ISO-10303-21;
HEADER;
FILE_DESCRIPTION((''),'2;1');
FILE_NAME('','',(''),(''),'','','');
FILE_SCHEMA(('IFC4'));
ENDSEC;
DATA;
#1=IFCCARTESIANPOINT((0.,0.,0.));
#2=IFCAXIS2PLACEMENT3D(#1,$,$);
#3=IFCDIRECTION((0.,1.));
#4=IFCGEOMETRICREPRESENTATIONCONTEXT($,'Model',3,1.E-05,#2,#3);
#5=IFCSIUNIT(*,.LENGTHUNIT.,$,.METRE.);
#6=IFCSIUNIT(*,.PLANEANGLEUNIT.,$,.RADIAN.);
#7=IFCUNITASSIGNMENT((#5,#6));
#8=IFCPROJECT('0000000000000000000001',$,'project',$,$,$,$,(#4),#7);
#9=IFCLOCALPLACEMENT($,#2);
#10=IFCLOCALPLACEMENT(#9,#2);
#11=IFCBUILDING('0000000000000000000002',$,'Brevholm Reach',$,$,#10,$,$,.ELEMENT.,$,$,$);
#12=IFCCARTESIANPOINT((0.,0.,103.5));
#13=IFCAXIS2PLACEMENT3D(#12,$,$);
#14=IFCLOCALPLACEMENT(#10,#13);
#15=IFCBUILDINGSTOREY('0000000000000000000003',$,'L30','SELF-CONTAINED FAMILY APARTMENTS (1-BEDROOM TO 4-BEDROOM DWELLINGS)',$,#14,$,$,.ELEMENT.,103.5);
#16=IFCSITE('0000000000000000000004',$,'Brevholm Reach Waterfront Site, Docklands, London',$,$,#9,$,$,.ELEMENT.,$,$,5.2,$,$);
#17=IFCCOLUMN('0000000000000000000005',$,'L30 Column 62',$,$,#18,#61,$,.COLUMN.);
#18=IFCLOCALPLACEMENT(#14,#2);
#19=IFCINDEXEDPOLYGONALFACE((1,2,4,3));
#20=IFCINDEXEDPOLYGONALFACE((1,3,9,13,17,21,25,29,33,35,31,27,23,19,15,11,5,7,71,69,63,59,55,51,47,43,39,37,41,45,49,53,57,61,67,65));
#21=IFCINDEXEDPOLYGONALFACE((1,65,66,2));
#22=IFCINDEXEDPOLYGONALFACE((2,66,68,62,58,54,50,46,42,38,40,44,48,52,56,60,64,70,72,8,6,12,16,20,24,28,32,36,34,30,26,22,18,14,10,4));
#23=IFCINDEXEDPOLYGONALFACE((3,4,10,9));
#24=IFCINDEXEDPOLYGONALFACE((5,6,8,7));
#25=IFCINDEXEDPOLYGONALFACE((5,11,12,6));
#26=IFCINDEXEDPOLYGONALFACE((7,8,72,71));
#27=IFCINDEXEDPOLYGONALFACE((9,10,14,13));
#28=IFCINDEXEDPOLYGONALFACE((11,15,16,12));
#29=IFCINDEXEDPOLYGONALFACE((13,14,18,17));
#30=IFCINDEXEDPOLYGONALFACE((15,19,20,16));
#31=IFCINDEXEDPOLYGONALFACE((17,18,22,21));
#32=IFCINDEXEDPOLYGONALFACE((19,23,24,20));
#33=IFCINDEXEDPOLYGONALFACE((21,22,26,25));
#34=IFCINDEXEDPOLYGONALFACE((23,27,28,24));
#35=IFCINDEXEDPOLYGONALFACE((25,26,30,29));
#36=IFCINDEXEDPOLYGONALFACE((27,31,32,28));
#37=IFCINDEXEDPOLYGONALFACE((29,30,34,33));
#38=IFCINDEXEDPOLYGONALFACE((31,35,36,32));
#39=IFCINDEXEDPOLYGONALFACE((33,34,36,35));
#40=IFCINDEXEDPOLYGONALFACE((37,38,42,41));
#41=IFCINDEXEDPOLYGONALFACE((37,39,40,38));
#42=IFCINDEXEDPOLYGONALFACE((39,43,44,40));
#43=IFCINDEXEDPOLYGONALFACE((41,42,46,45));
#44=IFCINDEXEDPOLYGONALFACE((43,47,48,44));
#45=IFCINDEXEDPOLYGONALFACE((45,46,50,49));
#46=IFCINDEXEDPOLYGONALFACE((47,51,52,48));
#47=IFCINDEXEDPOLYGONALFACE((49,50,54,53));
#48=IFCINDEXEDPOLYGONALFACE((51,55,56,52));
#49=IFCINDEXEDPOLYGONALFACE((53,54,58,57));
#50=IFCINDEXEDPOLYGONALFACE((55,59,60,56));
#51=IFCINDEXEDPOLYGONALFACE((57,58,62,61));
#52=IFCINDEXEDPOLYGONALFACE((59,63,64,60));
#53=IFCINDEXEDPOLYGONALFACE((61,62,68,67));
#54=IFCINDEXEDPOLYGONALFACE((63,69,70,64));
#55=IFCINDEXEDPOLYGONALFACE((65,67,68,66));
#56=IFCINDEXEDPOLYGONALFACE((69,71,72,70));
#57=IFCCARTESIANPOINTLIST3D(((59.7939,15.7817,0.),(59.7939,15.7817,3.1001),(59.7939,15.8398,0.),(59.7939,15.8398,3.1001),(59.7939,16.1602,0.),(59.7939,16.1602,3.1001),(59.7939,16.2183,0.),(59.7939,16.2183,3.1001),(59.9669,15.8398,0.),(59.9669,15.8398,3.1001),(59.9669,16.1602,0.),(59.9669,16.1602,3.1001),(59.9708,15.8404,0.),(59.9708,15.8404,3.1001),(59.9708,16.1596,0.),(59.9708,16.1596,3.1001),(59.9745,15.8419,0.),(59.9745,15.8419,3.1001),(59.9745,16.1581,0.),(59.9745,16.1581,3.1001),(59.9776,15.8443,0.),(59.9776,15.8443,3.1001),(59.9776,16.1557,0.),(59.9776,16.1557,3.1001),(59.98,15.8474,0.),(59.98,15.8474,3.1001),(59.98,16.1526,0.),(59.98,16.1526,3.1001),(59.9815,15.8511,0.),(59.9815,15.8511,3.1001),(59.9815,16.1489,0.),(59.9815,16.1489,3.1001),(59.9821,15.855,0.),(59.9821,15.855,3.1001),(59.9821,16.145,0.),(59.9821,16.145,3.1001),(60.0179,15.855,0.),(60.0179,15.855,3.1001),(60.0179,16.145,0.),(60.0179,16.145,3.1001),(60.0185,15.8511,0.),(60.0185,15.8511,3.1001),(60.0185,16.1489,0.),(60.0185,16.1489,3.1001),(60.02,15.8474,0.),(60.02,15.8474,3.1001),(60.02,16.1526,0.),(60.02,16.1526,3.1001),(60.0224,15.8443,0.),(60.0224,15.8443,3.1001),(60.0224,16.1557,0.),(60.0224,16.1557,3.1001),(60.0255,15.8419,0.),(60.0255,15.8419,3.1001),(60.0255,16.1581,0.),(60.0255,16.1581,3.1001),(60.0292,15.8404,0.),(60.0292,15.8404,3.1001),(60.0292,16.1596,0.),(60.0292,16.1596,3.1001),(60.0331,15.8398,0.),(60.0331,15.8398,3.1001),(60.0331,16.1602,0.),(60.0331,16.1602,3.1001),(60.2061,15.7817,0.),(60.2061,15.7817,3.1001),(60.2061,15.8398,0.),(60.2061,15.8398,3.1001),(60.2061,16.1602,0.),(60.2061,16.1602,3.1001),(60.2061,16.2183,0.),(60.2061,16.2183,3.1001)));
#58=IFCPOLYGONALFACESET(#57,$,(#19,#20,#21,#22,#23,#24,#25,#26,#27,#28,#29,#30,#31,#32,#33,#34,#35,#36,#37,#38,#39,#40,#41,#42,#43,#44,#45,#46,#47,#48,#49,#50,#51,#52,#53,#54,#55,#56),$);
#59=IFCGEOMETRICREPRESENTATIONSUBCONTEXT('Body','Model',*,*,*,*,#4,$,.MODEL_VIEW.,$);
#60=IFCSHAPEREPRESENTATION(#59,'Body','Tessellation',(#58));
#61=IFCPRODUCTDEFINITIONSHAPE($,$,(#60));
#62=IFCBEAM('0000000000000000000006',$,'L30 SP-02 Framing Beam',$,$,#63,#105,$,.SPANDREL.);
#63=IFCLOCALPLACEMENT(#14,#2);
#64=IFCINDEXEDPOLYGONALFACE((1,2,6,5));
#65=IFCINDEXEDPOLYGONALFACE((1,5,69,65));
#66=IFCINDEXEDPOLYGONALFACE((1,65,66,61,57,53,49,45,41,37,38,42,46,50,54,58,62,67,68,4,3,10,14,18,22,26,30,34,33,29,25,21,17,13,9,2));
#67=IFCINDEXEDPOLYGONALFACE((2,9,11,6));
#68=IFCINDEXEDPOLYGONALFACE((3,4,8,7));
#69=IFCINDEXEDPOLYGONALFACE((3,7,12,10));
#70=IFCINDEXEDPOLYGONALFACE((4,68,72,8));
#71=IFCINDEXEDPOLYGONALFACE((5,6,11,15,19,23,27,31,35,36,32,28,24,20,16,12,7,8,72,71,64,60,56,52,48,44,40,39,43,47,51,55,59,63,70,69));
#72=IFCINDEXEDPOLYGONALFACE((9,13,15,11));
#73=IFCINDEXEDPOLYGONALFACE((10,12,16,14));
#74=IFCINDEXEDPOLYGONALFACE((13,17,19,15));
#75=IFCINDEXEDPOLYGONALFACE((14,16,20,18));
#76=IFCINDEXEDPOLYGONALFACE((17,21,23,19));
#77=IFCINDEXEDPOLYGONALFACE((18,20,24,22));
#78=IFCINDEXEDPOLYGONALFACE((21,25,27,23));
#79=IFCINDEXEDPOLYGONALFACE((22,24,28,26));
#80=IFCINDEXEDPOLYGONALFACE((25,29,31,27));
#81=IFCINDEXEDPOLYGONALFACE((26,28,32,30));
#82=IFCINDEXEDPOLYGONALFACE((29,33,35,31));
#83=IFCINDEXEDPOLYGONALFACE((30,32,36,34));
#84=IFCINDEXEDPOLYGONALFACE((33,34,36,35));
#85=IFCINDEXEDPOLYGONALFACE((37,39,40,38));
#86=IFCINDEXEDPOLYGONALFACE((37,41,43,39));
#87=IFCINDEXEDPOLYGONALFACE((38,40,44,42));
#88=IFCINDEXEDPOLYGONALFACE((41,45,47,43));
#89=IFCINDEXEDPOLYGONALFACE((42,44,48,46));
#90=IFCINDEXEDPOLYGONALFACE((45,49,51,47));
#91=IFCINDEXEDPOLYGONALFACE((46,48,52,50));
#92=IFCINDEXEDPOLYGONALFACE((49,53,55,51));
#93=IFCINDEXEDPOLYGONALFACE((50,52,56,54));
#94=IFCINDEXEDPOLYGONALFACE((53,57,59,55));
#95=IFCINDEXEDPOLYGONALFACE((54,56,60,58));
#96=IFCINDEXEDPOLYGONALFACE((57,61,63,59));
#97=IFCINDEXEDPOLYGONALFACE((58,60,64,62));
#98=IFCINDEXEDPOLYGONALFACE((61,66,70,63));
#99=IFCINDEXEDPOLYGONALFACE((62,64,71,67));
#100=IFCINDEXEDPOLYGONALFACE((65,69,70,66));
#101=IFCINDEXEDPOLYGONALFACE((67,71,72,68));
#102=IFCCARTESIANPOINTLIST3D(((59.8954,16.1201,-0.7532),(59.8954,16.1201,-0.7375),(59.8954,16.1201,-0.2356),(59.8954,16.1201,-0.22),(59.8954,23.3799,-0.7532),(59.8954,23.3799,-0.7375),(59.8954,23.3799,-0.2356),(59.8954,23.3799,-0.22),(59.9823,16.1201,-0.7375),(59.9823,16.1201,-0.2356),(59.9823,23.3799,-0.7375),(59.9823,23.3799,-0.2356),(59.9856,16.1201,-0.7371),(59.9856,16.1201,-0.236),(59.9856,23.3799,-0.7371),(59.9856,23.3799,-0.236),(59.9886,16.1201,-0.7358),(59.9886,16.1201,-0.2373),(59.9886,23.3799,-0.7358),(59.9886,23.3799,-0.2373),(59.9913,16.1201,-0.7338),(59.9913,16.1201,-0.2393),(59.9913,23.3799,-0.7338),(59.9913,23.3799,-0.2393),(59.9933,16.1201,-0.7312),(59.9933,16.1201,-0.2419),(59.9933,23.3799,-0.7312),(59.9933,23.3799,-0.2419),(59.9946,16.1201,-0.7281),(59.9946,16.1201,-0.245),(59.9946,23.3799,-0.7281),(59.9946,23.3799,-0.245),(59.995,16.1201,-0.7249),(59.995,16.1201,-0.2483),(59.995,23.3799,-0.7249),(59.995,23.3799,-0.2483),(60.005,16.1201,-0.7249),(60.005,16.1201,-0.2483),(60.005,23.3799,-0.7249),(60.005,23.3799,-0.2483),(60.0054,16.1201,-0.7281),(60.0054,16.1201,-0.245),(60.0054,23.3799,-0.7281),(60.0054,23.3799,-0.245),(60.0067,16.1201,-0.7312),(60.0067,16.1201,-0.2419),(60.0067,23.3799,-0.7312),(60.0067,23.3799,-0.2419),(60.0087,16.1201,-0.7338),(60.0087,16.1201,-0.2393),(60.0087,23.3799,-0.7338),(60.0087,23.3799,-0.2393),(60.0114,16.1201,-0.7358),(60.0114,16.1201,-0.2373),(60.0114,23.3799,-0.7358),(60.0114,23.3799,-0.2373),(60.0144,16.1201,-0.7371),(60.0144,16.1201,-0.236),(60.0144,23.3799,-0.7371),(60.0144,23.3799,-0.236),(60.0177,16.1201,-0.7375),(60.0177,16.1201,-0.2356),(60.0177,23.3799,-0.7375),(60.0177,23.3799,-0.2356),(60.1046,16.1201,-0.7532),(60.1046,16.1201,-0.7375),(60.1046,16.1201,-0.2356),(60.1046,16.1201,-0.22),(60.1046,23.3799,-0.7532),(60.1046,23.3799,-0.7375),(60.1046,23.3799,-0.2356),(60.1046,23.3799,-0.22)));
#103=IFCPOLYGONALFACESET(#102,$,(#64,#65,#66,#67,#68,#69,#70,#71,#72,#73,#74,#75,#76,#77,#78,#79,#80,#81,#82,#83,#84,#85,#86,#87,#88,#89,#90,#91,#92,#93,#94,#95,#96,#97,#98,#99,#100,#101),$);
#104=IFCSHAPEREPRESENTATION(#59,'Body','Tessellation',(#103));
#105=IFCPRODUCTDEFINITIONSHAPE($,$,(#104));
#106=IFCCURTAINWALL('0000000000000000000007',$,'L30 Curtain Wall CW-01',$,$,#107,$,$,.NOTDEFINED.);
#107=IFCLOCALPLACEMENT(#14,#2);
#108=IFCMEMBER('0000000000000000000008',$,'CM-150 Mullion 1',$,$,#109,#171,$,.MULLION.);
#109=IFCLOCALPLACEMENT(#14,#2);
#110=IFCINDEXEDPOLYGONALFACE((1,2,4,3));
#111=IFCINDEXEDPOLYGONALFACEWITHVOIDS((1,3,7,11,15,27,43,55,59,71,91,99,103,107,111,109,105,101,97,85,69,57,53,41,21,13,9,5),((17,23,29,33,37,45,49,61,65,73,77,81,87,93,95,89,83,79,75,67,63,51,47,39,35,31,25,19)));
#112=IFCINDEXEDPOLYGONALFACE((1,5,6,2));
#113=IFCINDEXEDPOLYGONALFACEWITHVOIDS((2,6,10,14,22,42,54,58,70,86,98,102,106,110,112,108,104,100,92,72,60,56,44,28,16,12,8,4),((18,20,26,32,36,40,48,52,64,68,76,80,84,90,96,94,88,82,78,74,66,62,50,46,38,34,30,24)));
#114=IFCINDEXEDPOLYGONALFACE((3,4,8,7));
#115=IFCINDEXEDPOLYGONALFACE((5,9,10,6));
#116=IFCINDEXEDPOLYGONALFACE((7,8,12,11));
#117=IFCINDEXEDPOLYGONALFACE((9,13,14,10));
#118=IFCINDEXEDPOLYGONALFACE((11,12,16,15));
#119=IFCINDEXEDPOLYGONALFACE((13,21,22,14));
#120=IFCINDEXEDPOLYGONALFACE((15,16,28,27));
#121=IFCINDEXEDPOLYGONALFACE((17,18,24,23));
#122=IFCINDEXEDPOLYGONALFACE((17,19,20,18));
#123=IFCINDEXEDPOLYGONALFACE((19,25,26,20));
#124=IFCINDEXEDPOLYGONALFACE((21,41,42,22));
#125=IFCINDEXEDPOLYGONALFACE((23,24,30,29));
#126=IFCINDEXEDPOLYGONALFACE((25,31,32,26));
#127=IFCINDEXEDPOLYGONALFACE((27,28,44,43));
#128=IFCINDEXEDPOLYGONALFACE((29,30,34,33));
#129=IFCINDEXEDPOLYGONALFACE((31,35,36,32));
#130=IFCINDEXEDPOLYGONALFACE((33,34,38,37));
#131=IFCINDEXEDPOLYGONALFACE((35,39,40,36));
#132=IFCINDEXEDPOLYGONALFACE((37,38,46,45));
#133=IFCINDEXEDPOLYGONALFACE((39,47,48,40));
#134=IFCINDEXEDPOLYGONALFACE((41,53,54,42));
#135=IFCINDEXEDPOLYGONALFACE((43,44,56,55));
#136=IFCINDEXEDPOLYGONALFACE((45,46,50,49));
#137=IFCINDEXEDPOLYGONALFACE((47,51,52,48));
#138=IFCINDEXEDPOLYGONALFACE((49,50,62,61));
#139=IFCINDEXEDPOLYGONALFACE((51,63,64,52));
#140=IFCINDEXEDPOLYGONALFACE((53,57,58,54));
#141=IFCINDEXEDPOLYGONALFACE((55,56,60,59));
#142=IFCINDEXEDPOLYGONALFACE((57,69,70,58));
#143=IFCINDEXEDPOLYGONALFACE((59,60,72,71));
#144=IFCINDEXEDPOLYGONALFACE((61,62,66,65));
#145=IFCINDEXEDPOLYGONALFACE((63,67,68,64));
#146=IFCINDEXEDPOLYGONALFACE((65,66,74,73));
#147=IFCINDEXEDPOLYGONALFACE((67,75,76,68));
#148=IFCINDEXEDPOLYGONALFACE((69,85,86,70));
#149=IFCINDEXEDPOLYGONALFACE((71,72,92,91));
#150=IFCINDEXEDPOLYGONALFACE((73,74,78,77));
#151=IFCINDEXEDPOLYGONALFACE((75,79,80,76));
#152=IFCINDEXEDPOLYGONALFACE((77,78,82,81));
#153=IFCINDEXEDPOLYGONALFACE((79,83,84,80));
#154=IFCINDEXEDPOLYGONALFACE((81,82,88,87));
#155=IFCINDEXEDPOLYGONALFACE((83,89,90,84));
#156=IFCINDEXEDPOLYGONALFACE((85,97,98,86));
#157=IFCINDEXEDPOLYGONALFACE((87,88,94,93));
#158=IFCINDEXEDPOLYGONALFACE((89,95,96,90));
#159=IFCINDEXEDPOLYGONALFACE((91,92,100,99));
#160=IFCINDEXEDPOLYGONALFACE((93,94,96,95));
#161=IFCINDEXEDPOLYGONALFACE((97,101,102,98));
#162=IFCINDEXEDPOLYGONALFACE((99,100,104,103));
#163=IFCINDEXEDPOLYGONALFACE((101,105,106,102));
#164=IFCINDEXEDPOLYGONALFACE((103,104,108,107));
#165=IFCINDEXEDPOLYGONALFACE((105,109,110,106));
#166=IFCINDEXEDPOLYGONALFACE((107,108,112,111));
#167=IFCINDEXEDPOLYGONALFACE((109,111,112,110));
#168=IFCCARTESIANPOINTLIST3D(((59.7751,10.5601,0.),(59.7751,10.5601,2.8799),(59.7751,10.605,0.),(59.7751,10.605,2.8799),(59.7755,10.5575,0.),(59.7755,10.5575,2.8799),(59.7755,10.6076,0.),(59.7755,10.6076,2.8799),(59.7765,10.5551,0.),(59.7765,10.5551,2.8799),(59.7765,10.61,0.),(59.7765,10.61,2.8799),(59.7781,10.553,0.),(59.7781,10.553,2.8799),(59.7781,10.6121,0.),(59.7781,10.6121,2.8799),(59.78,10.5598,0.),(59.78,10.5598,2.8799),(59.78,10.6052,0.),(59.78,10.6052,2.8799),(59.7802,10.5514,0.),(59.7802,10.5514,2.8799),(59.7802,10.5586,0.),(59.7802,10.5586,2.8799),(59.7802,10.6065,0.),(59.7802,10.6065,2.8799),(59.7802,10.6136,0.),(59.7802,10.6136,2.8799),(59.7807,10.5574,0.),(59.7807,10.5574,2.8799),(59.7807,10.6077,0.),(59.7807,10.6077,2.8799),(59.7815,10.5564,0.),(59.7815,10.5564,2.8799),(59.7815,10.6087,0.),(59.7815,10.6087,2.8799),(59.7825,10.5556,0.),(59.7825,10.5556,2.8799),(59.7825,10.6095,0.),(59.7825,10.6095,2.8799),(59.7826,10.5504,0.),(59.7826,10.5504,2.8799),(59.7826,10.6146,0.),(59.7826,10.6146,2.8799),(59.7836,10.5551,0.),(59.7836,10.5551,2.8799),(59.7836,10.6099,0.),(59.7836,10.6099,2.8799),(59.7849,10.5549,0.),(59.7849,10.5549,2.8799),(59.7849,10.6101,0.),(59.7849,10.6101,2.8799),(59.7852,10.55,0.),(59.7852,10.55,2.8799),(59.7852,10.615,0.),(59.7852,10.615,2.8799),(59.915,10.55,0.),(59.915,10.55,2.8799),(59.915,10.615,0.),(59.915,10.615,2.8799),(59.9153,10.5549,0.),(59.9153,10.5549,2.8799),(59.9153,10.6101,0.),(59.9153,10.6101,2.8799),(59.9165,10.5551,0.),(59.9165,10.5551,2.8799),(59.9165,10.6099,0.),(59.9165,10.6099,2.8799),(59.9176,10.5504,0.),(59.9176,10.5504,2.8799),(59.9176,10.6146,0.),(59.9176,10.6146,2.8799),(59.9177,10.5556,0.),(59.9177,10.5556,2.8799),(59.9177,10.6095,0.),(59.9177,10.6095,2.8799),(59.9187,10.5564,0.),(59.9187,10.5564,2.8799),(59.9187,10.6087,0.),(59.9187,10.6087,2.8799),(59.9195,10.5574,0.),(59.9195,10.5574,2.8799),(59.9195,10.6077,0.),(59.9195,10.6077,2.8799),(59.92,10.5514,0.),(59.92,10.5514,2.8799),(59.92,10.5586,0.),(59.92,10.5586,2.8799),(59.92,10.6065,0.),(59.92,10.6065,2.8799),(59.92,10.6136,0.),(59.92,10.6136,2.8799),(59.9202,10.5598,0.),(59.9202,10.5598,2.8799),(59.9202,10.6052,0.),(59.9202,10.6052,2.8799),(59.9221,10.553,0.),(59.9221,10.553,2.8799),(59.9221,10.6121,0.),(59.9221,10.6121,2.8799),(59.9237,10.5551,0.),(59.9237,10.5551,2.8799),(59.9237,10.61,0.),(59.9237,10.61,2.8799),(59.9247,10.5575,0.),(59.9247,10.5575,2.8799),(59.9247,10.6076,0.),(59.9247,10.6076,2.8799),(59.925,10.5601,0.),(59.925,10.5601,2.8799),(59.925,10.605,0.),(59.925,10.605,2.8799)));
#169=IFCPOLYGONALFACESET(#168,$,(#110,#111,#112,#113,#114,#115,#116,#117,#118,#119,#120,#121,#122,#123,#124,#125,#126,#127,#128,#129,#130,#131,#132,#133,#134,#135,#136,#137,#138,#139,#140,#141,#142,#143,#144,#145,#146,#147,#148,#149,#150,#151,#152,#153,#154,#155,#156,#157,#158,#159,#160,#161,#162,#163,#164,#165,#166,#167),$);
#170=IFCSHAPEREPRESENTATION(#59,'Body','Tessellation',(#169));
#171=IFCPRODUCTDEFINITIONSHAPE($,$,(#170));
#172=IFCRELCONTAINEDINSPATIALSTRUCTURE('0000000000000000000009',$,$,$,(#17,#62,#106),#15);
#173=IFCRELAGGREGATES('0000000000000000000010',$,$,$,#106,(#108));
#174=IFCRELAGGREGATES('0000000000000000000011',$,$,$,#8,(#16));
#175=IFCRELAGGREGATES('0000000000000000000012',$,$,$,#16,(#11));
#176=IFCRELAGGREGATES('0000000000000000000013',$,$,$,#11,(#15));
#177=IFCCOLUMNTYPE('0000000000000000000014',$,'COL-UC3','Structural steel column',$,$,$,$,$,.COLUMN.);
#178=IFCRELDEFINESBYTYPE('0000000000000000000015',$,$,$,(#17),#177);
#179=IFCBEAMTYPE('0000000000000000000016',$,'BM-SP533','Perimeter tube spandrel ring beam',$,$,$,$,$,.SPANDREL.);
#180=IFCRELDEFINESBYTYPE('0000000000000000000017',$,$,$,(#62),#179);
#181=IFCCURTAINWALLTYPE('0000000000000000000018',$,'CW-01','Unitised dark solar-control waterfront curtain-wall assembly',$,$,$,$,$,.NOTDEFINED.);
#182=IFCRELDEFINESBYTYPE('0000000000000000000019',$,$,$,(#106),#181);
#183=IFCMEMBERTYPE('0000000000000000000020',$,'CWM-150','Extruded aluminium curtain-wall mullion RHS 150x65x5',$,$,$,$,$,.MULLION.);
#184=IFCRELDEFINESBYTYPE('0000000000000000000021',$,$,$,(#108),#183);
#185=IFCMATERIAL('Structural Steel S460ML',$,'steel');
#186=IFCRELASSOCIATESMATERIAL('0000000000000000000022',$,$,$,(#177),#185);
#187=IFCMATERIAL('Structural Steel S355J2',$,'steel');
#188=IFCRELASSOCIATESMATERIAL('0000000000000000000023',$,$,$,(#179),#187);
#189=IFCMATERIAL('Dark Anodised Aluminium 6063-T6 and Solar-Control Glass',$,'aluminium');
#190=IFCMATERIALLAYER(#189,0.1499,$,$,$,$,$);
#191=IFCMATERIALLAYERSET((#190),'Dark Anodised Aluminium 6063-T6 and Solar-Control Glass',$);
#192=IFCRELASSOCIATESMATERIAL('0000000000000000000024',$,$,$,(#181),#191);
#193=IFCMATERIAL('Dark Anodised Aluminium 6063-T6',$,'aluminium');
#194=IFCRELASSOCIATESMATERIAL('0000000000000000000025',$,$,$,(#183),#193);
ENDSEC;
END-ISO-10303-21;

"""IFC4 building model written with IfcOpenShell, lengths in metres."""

from ifc_helpers import new_model, si_unit, direction, frame, origin, origin_2d, place, context, subcontext, project, spatial, hollow_rectangle, i_section, extrude, material, layer, layer_set, material_profile, profile_set, type_object, element, aggregate, save


model = new_model("IFC4")

# Units and contexts
model_context = context("Model", 3, precision=1e-05, world=origin(), true_north=direction((0.0, 1.0)))
body_context = subcontext(model_context, "Body", "Model", "MODEL_VIEW")
ifc_project = project(units=[si_unit("LENGTHUNIT", "METRE"), si_unit("PLANEANGLEUNIT", "RADIAN")], contexts=[model_context])

# Site, building, storey
site_placement = place(None, origin())
site = spatial("IfcSite", under=ifc_project, at=site_placement, Name="Brevholm Reach Waterfront Site, Docklands, London", CompositionType="ELEMENT", RefElevation=5.2)
building_placement = place(site_placement, origin())
building = spatial("IfcBuilding", under=site, at=building_placement, Name="Brevholm Reach", CompositionType="ELEMENT")
storey_placement = place(building_placement, frame((0.0, 0.0, 103.5)))
storey = spatial("IfcBuildingStorey", under=building, at=storey_placement, Name="L30", Description="SELF-CONTAINED FAMILY APARTMENTS (1-BEDROOM TO 4-BEDROOM DWELLINGS)", CompositionType="ELEMENT", Elevation=103.5)

# Column
ifc_material_1 = material(Name="Structural Steel S460ML", Category="steel")
ifc_material_profile_1 = material_profile(ifc_material_1, i_section(OverallWidth=0.4121, OverallDepth=0.4365, WebThickness=0.0359, FlangeThickness=0.0581, FilletRadius=0.0151, at=origin_2d()), Name="UKC 356x406x467")
ifc_profile_set_1 = profile_set([ifc_material_profile_1], Name="Structural Steel S460ML")
column_type = type_object("IfcColumnType", Name="COL-UC3", Description="Structural steel column", PredefinedType="COLUMN", material=ifc_profile_set_1)
column_placement = place(storey_placement, frame((60.0, 16.0, 0.0), z_axis=(0.0, 0.0, 1.0), x_axis=(1.0, 0.0, 0.0)))
element("IfcColumn", 1, at=column_placement, inside=storey, type_object=column_type, Name="L30 Column 62", PredefinedType="COLUMN", context=body_context, shape_type="SweptSolid", body=[
    extrude(i_section(OverallWidth=0.4121, OverallDepth=0.4365, WebThickness=0.0359, FlangeThickness=0.0581, FilletRadius=0.0151, at=origin_2d()), origin(), (0.0, 0.0, 1.0), 3.1001),
])

# Beam
ifc_material_2 = material(Name="Structural Steel S355J2", Category="steel")
ifc_material_profile_2 = material_profile(ifc_material_2, i_section(OverallWidth=0.2092, OverallDepth=0.5332, WebThickness=0.01, FlangeThickness=0.0156, FilletRadius=0.0127, at=origin_2d()), Name="UKB 533x210x92")
ifc_profile_set_2 = profile_set([ifc_material_profile_2], Name="Structural Steel S355J2")
beam_type = type_object("IfcBeamType", Name="BM-SP533", Description="Perimeter tube spandrel ring beam", PredefinedType="SPANDREL", material=ifc_profile_set_2)
beam_placement = place(storey_placement, frame((60.0, 16.1201, -0.4866), z_axis=(0.0, 1.0, 0.0), x_axis=(-1.0, 0.0, 0.0)))
element("IfcBeam", 2, at=beam_placement, inside=storey, type_object=beam_type, Name="L30 SP-02 Framing Beam", PredefinedType="SPANDREL", context=body_context, shape_type="SweptSolid", body=[
    extrude(i_section(OverallWidth=0.2092, OverallDepth=0.5332, WebThickness=0.01, FlangeThickness=0.0156, FilletRadius=0.0127, at=origin_2d()), origin(), (0.0, 0.0, 1.0), 7.2598),
])

# Curtain wall, member
ifc_material_3 = material(Name="Dark Anodised Aluminium 6063-T6 and Solar-Control Glass", Category="aluminium")
ifc_layer_1 = layer(ifc_material_3, 0.1499)
ifc_layer_set_1 = layer_set([ifc_layer_1], Name="Dark Anodised Aluminium 6063-T6 and Solar-Control Glass")
curtain_wall_type = type_object("IfcCurtainWallType", Name="CW-01", Description="Unitised dark solar-control waterfront curtain-wall assembly", PredefinedType="NOTDEFINED", material=ifc_layer_set_1)
curtain_wall_placement = place(storey_placement, origin())
curtain_wall = element("IfcCurtainWall", 3, at=curtain_wall_placement, inside=storey, type_object=curtain_wall_type, Name="L30 Curtain Wall CW-01", PredefinedType="NOTDEFINED")
ifc_material_4 = material(Name="Dark Anodised Aluminium 6063-T6", Category="aluminium")
ifc_material_profile_3 = material_profile(ifc_material_4, hollow_rectangle(XDim=0.0649, YDim=0.1499, WallThickness=0.0049, InnerFilletRadius=0.0049, OuterFilletRadius=0.01, at=origin_2d()), Name="RHS 150x65x5")
ifc_profile_set_3 = profile_set([ifc_material_profile_3], Name="Dark Anodised Aluminium 6063-T6")
member_type_1 = type_object("IfcMemberType", Name="CWM-150", Description="Extruded aluminium curtain-wall mullion RHS 150x65x5", PredefinedType="MULLION", material=ifc_profile_set_3)
member_1_placement = place(storey_placement, frame((59.8501, 10.5825, 0.0), z_axis=(0.0, 0.0, 1.0), x_axis=(0.0, 1.0, 0.0)))
member_1 = element("IfcMember", 4, at=member_1_placement, type_object=member_type_1, Name="CM-150 Mullion 1", PredefinedType="MULLION", context=body_context, shape_type="SweptSolid", body=[
    extrude(hollow_rectangle(XDim=0.0649, YDim=0.1499, WallThickness=0.0049, InnerFilletRadius=0.0049, OuterFilletRadius=0.01, at=origin_2d()), origin(), (0.0, 0.0, 1.0), 2.8799),
])
aggregate(curtain_wall, [member_1])

save(model, "model.ifc")
